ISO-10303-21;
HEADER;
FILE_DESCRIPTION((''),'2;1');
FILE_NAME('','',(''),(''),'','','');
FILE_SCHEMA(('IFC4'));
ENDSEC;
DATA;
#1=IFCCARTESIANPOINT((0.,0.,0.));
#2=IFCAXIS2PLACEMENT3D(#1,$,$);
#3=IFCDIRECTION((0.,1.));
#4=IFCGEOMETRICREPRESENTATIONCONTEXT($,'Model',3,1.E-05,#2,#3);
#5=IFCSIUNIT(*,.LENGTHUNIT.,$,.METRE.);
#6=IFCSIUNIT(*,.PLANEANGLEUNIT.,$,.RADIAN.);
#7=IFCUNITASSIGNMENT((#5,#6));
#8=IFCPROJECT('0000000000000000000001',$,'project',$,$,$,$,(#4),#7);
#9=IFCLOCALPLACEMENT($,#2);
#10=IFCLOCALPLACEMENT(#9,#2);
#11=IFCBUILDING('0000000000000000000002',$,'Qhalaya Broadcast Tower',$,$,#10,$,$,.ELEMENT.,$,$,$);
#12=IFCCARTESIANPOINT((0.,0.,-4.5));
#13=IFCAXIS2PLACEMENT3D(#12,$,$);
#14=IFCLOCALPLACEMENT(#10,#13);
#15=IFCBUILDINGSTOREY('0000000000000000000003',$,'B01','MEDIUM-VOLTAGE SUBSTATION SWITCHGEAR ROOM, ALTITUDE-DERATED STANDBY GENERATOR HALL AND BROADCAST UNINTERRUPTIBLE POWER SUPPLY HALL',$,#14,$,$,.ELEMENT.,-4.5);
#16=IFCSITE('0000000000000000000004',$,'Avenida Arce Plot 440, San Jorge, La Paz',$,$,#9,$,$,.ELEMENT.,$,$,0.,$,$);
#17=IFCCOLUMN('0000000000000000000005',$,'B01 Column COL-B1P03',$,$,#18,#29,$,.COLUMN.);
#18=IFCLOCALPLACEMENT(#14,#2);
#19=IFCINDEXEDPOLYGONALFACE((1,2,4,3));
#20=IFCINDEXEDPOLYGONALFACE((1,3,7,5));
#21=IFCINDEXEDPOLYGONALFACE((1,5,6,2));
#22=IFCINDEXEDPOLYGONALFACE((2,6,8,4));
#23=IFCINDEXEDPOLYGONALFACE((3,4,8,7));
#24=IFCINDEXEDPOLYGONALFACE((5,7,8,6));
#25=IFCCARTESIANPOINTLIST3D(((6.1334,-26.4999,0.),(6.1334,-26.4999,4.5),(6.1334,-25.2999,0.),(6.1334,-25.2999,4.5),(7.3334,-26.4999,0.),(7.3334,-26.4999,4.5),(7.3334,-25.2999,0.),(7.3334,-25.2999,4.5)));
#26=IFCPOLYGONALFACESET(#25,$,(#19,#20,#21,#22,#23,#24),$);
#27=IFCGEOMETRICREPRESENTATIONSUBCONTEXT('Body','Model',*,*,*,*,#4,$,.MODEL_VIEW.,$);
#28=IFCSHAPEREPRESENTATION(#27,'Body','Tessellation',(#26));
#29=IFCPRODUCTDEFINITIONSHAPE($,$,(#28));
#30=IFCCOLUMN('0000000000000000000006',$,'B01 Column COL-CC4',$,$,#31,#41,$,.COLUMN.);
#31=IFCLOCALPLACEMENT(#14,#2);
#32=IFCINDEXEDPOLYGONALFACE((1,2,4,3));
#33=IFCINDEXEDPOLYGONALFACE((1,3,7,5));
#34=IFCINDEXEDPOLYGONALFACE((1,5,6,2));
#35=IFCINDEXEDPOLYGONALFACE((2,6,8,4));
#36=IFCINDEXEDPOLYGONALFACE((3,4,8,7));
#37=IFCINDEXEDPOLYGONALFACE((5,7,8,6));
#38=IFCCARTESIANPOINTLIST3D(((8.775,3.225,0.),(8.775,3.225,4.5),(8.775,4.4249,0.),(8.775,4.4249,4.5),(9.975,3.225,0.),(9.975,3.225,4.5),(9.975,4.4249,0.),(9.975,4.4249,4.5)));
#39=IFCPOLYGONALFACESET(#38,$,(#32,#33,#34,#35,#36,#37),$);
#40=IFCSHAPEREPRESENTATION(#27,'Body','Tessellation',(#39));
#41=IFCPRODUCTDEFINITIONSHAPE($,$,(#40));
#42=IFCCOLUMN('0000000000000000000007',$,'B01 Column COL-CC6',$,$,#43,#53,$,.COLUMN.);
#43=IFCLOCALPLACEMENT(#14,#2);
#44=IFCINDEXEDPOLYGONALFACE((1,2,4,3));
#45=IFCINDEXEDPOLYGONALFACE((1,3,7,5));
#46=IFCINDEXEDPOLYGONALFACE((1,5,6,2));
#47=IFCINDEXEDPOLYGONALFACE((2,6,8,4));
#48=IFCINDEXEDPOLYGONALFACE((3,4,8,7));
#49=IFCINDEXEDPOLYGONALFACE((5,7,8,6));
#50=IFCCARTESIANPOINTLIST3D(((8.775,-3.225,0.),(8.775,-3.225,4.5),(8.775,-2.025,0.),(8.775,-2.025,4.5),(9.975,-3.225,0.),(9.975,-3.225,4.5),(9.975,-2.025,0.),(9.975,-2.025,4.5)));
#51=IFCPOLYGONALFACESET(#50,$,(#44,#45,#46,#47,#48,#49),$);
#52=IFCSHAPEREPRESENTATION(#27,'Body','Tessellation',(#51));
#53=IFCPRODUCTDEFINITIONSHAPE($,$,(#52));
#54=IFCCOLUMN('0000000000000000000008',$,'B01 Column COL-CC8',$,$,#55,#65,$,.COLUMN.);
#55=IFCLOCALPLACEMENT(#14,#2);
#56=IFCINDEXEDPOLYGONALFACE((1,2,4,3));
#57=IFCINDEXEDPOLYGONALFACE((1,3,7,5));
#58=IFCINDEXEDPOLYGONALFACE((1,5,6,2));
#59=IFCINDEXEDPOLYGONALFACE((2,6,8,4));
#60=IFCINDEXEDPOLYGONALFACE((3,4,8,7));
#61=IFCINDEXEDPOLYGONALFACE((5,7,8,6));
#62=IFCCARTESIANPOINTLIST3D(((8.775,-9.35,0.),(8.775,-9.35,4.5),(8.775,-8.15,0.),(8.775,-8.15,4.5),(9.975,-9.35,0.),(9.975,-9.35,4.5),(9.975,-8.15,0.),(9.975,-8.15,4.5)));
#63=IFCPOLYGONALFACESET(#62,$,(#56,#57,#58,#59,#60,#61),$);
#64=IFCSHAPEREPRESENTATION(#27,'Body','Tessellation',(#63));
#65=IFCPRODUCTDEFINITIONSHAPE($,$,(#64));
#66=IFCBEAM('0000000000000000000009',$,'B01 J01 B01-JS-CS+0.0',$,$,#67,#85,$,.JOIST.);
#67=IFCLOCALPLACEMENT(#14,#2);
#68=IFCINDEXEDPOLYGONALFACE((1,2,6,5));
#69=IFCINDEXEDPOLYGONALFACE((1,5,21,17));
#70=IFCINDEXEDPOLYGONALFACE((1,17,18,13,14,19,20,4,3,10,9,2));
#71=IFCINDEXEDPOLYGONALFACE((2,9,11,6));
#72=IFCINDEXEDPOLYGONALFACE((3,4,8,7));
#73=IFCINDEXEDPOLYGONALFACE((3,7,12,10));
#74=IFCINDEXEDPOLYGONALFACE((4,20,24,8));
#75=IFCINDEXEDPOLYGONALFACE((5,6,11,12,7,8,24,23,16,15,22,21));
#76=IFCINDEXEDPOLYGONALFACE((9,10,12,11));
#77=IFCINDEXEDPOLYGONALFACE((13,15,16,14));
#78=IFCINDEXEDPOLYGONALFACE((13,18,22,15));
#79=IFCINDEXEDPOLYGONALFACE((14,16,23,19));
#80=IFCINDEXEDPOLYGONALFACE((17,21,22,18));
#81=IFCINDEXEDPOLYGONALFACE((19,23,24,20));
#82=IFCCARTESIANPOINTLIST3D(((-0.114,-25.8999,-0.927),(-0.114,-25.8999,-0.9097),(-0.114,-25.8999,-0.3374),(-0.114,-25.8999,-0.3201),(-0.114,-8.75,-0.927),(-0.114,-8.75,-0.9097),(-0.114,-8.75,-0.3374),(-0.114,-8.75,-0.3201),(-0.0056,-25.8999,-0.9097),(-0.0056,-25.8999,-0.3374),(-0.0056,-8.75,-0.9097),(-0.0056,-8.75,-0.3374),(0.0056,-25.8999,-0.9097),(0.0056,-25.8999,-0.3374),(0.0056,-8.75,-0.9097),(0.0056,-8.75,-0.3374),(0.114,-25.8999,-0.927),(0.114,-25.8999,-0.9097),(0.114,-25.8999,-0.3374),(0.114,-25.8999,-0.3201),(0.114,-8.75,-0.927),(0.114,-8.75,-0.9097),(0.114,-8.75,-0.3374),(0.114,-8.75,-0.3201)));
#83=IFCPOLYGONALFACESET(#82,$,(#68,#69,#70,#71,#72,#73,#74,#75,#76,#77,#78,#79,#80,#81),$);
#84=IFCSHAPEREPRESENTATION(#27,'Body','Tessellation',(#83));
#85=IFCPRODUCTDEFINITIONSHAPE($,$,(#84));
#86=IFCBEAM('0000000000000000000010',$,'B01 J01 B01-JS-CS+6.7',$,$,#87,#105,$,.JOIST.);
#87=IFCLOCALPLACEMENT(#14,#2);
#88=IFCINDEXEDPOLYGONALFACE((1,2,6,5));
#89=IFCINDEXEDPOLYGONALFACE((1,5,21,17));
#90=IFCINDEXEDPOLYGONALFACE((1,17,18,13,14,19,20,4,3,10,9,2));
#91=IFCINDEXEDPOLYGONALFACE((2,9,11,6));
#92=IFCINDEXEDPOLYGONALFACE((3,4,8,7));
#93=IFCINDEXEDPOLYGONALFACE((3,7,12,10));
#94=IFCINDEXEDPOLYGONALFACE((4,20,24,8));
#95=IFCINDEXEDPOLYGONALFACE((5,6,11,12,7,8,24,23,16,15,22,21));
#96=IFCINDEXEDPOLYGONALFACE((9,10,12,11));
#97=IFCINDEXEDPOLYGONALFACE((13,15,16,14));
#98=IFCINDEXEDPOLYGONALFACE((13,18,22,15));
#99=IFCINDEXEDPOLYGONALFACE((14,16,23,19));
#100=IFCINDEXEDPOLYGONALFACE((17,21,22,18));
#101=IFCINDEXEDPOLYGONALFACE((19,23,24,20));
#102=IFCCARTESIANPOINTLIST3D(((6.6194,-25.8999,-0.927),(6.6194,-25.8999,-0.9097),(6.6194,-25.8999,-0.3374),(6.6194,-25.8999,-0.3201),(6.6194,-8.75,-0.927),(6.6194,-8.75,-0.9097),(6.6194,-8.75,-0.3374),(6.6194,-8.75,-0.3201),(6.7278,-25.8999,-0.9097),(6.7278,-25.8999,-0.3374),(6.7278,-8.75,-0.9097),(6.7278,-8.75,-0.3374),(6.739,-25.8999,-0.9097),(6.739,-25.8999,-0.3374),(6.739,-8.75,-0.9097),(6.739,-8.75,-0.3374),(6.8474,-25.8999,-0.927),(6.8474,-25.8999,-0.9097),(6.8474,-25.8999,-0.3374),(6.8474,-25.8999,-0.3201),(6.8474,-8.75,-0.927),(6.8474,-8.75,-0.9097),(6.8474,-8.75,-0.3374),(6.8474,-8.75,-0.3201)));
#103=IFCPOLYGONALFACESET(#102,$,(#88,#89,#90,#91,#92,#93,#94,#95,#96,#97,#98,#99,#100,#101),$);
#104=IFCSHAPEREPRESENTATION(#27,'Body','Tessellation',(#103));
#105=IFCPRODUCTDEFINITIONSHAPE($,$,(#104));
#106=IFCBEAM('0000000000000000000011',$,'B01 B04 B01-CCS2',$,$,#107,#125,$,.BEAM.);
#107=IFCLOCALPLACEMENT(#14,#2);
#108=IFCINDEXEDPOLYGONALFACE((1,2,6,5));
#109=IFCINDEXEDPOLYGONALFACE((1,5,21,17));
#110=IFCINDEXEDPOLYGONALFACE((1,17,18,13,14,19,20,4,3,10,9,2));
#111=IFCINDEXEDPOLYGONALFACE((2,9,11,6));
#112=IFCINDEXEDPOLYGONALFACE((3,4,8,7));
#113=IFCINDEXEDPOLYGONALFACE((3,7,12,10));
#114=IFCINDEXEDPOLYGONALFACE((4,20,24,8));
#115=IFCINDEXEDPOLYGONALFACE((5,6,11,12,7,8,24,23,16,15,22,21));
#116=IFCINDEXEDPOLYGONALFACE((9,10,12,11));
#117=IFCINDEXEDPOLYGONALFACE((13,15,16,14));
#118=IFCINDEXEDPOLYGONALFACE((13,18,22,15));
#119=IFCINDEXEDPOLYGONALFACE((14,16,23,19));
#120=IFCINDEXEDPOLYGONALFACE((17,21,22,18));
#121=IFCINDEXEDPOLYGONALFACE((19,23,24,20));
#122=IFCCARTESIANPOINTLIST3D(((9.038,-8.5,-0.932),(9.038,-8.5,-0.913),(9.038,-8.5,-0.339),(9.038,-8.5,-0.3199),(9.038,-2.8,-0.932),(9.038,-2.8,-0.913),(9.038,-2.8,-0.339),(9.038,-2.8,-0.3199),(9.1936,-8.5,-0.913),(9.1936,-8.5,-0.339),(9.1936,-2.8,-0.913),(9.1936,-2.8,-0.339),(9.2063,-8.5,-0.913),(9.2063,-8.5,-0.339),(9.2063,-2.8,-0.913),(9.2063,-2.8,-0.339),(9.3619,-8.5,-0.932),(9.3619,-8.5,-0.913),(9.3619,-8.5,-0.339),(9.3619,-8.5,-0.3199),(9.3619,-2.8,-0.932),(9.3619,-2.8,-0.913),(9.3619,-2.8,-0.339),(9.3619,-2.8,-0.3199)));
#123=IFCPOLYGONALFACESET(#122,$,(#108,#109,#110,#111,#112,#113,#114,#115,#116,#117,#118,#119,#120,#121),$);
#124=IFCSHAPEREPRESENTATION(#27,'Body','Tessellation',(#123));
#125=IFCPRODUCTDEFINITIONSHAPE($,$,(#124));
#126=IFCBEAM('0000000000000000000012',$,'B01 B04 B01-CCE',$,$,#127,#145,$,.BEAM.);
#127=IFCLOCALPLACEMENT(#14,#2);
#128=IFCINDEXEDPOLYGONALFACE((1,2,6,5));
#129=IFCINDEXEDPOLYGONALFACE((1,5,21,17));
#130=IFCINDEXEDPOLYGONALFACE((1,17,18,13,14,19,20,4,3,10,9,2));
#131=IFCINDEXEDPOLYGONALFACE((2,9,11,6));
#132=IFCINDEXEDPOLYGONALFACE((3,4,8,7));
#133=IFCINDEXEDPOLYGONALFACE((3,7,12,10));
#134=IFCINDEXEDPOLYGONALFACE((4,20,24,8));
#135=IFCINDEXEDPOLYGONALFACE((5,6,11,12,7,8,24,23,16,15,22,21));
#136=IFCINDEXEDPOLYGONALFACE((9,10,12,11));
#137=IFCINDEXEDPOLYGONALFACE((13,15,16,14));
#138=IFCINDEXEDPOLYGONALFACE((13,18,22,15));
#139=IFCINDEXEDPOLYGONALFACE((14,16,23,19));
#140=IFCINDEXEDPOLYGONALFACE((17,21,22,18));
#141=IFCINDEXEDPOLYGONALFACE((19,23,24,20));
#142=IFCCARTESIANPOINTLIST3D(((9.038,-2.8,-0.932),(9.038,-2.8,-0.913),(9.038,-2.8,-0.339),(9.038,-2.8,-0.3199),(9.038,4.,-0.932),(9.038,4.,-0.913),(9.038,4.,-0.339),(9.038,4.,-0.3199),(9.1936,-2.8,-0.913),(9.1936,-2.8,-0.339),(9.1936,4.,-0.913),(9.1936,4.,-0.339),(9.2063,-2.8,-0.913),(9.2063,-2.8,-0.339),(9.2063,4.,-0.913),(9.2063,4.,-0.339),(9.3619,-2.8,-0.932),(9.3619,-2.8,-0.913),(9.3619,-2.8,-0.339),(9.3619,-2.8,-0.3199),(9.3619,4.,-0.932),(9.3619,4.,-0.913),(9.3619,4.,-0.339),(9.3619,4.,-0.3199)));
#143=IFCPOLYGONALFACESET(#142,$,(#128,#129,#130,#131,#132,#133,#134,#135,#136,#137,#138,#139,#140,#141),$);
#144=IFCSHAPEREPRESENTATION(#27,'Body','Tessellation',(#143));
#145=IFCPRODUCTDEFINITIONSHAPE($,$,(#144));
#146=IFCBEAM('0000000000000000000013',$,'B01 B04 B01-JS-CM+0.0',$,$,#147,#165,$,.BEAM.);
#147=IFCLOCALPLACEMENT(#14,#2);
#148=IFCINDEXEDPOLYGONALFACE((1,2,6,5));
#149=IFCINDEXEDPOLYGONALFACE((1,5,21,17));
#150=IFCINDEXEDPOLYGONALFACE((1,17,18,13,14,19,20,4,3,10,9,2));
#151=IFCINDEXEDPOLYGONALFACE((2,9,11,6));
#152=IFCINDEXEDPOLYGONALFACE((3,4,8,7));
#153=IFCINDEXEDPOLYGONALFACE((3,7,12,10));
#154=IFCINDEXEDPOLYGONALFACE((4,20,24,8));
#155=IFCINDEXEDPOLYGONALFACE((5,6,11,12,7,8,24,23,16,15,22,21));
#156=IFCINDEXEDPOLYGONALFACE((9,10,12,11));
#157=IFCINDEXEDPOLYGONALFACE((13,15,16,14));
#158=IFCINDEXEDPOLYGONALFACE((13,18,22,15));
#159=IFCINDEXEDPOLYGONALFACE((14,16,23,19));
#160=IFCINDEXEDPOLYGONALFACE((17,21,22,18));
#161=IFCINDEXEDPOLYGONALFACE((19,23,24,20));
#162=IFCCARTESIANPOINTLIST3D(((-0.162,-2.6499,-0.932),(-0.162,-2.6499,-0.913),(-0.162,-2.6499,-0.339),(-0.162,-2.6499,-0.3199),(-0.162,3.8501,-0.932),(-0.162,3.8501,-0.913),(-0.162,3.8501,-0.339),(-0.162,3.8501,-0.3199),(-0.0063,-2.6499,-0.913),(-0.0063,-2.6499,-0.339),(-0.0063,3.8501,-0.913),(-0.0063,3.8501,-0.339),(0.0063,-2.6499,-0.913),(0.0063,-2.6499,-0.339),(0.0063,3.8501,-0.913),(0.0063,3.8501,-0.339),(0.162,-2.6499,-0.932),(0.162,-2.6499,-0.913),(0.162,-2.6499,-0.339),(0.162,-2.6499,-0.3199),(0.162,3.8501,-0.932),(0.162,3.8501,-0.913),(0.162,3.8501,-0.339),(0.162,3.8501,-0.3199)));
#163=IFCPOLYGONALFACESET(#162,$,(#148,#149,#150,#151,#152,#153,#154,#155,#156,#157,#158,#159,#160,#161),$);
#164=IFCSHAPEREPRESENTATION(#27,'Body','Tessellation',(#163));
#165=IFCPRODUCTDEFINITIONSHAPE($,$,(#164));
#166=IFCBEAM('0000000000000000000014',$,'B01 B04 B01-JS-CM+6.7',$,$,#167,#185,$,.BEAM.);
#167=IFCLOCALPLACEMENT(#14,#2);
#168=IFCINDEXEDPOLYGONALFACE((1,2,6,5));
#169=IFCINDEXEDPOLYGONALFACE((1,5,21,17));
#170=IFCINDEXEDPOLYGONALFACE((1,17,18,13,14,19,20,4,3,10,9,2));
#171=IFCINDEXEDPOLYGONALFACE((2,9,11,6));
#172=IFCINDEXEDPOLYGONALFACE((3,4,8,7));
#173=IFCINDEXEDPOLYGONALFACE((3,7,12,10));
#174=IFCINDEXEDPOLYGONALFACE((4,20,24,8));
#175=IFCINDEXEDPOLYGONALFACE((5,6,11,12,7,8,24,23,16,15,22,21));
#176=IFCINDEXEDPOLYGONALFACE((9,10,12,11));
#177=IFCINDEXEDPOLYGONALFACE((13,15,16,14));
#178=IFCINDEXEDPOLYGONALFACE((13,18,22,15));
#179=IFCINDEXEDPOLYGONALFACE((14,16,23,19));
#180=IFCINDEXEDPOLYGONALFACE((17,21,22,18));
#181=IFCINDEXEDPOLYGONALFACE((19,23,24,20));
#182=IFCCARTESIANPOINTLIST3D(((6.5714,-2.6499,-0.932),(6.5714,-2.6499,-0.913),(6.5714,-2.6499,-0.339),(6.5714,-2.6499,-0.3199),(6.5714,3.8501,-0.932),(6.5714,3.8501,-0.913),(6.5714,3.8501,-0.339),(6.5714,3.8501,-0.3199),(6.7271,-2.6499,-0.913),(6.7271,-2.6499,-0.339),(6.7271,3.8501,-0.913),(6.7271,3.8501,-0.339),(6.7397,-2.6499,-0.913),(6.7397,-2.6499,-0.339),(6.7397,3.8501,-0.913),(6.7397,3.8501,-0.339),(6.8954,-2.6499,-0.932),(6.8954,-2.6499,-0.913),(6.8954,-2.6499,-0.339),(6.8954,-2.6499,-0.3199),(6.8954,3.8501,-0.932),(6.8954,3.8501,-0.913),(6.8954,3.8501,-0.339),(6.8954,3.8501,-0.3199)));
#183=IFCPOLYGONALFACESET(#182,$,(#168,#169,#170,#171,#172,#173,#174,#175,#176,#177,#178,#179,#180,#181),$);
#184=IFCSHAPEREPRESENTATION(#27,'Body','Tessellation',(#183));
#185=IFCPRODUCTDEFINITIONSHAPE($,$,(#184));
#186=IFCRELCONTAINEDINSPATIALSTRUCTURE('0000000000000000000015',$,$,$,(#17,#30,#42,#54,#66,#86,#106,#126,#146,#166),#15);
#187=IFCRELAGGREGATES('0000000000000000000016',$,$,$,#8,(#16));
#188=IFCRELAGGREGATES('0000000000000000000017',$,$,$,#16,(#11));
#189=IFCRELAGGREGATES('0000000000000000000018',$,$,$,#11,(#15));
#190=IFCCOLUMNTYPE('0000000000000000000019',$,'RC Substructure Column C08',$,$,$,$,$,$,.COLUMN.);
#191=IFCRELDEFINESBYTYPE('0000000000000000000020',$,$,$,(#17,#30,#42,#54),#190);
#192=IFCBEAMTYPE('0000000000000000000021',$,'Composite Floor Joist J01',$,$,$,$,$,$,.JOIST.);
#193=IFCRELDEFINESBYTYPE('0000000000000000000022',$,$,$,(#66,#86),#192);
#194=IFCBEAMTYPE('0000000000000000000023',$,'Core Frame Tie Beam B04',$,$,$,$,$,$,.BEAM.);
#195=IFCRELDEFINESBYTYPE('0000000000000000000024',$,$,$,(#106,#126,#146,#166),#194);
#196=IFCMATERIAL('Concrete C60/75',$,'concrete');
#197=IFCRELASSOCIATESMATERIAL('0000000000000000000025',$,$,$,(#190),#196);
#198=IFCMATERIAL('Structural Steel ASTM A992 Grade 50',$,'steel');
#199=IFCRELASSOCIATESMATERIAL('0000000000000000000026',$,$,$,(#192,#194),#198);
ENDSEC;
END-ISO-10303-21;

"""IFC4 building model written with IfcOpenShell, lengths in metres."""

from ifc_helpers import new_model, si_unit, direction, frame, origin, origin_2d, place, context, subcontext, project, spatial, rectangle, i_section, extrude, material, material_profile, profile_set, type_object, element, save


model = new_model("IFC4")

# Units and contexts
model_context = context("Model", 3, precision=1e-05, world=origin(), true_north=direction((0.0, 1.0)))
body_context = subcontext(model_context, "Body", "Model", "MODEL_VIEW")
ifc_project = project(units=[si_unit("LENGTHUNIT", "METRE"), si_unit("PLANEANGLEUNIT", "RADIAN")], contexts=[model_context])

# Site, building, storey
site_placement = place(None, origin())
site = spatial("IfcSite", under=ifc_project, at=site_placement, Name="Avenida Arce Plot 440, San Jorge, La Paz", CompositionType="ELEMENT", RefElevation=0.0)
building_placement = place(site_placement, origin())
building = spatial("IfcBuilding", under=site, at=building_placement, Name="Qhalaya Broadcast Tower", CompositionType="ELEMENT")
storey_placement = place(building_placement, frame((0.0, 0.0, -4.5)))
storey = spatial("IfcBuildingStorey", under=building, at=storey_placement, Name="B01", Description="MEDIUM-VOLTAGE SUBSTATION SWITCHGEAR ROOM, ALTITUDE-DERATED STANDBY GENERATOR HALL AND BROADCAST UNINTERRUPTIBLE POWER SUPPLY HALL", CompositionType="ELEMENT", Elevation=-4.5)

# Columns
ifc_material_1 = material(Name="Concrete C60/75", Category="concrete")
ifc_material_profile_1 = material_profile(ifc_material_1, rectangle(XDim=1.2, YDim=1.2, at=origin_2d()), Name="RC-COL 1200x1200")
ifc_profile_set_1 = profile_set([ifc_material_profile_1], Name="Concrete C60/75")
column_type = type_object("IfcColumnType", Name="RC Substructure Column C08", PredefinedType="COLUMN", material=ifc_profile_set_1)
for number, where, z_axis, x_axis, name in (
    (1, (6.7334, -25.8999, 0.0), (0.0, 0.0, 1.0), (1.0, 0.0, 0.0), "B01 Column COL-B1P03"),
    (2, (9.375, 3.825, 0.0), (0.0, 0.0, 1.0), (1.0, 0.0, 0.0), "B01 Column COL-CC4"),
    (3, (9.375, -2.625, 0.0), (0.0, 0.0, 1.0), (1.0, 0.0, 0.0), "B01 Column COL-CC6"),
    (4, (9.375, -8.75, 0.0), (0.0, 0.0, 1.0), (1.0, 0.0, 0.0), "B01 Column COL-CC8"),
):
    element("IfcColumn", number, at=place(storey_placement, frame(where, z_axis=z_axis, x_axis=x_axis)), inside=storey, type_object=column_type, Name=name, PredefinedType="COLUMN", context=body_context, shape_type="SweptSolid", body=[
        extrude(rectangle(XDim=1.2, YDim=1.2, at=origin_2d()), origin(), (0.0, 0.0, 1.0), 4.5),
    ])

# Beams
ifc_material_2 = material(Name="Structural Steel ASTM A992 Grade 50", Category="steel")
ifc_material_profile_2 = material_profile(ifc_material_2, i_section(OverallWidth=0.228, OverallDepth=0.6069, WebThickness=0.0112, FlangeThickness=0.0173, at=origin_2d()), Name="W24X76")
ifc_profile_set_2 = profile_set([ifc_material_profile_2], Name="Structural Steel ASTM A992 Grade 50")
beam_type_1 = type_object("IfcBeamType", Name="Composite Floor Joist J01", PredefinedType="JOIST", material=ifc_profile_set_2)
for number, where, z_axis, x_axis, name in (
    (5, (0.0, -25.8999, -0.6235), (0.0, 1.0, 0.0), (-1.0, 0.0, 0.0), "B01 J01 B01-JS-CS+0.0"),
    (6, (6.7334, -25.8999, -0.6235), (0.0, 1.0, 0.0), (-1.0, 0.0, 0.0), "B01 J01 B01-JS-CS+6.7"),
):
    element("IfcBeam", number, at=place(storey_placement, frame(where, z_axis=z_axis, x_axis=x_axis)), inside=storey, type_object=beam_type_1, Name=name, PredefinedType="JOIST", context=body_context, shape_type="SweptSolid", body=[
        extrude(i_section(OverallWidth=0.228, OverallDepth=0.6069, WebThickness=0.0112, FlangeThickness=0.0173, at=origin_2d()), origin(), (0.0, 0.0, 1.0), 17.1499),
    ])
ifc_material_profile_3 = material_profile(ifc_material_2, i_section(OverallWidth=0.324, OverallDepth=0.6121, WebThickness=0.0127, FlangeThickness=0.019, at=origin_2d()), Name="W24X104")
ifc_profile_set_3 = profile_set([ifc_material_profile_3], Name="Structural Steel ASTM A992 Grade 50")
beam_type_2 = type_object("IfcBeamType", Name="Core Frame Tie Beam B04", PredefinedType="BEAM", material=ifc_profile_set_3)
beam_1_placement = place(storey_placement, frame((9.2, -8.5, -0.626), z_axis=(0.0, 1.0, 0.0), x_axis=(-1.0, 0.0, 0.0)))
element("IfcBeam", 7, at=beam_1_placement, inside=storey, type_object=beam_type_2, Name="B01 B04 B01-CCS2", PredefinedType="BEAM", context=body_context, shape_type="SweptSolid", body=[
    extrude(i_section(OverallWidth=0.324, OverallDepth=0.6121, WebThickness=0.0127, FlangeThickness=0.019, at=origin_2d()), origin(), (0.0, 0.0, 1.0), 5.7),
])
beam_2_placement = place(storey_placement, frame((9.2, -2.8, -0.626), z_axis=(0.0, 1.0, 0.0), x_axis=(-1.0, 0.0, 0.0)))
element("IfcBeam", 8, at=beam_2_placement, inside=storey, type_object=beam_type_2, Name="B01 B04 B01-CCE", PredefinedType="BEAM", context=body_context, shape_type="SweptSolid", body=[
    extrude(i_section(OverallWidth=0.324, OverallDepth=0.6121, WebThickness=0.0127, FlangeThickness=0.019, at=origin_2d()), origin(), (0.0, 0.0, 1.0), 6.8),
])
for number, where, z_axis, x_axis, name in (
    (9, (0.0, -2.6499, -0.626), (0.0, 1.0, 0.0), (-1.0, 0.0, 0.0), "B01 B04 B01-JS-CM+0.0"),
    (10, (6.7334, -2.6499, -0.626), (0.0, 1.0, 0.0), (-1.0, 0.0, 0.0), "B01 B04 B01-JS-CM+6.7"),
):
    element("IfcBeam", number, at=place(storey_placement, frame(where, z_axis=z_axis, x_axis=x_axis)), inside=storey, type_object=beam_type_2, Name=name, PredefinedType="BEAM", context=body_context, shape_type="SweptSolid", body=[
        extrude(i_section(OverallWidth=0.324, OverallDepth=0.6121, WebThickness=0.0127, FlangeThickness=0.019, at=origin_2d()), origin(), (0.0, 0.0, 1.0), 6.5),
    ])

save(model, "model.ifc")
